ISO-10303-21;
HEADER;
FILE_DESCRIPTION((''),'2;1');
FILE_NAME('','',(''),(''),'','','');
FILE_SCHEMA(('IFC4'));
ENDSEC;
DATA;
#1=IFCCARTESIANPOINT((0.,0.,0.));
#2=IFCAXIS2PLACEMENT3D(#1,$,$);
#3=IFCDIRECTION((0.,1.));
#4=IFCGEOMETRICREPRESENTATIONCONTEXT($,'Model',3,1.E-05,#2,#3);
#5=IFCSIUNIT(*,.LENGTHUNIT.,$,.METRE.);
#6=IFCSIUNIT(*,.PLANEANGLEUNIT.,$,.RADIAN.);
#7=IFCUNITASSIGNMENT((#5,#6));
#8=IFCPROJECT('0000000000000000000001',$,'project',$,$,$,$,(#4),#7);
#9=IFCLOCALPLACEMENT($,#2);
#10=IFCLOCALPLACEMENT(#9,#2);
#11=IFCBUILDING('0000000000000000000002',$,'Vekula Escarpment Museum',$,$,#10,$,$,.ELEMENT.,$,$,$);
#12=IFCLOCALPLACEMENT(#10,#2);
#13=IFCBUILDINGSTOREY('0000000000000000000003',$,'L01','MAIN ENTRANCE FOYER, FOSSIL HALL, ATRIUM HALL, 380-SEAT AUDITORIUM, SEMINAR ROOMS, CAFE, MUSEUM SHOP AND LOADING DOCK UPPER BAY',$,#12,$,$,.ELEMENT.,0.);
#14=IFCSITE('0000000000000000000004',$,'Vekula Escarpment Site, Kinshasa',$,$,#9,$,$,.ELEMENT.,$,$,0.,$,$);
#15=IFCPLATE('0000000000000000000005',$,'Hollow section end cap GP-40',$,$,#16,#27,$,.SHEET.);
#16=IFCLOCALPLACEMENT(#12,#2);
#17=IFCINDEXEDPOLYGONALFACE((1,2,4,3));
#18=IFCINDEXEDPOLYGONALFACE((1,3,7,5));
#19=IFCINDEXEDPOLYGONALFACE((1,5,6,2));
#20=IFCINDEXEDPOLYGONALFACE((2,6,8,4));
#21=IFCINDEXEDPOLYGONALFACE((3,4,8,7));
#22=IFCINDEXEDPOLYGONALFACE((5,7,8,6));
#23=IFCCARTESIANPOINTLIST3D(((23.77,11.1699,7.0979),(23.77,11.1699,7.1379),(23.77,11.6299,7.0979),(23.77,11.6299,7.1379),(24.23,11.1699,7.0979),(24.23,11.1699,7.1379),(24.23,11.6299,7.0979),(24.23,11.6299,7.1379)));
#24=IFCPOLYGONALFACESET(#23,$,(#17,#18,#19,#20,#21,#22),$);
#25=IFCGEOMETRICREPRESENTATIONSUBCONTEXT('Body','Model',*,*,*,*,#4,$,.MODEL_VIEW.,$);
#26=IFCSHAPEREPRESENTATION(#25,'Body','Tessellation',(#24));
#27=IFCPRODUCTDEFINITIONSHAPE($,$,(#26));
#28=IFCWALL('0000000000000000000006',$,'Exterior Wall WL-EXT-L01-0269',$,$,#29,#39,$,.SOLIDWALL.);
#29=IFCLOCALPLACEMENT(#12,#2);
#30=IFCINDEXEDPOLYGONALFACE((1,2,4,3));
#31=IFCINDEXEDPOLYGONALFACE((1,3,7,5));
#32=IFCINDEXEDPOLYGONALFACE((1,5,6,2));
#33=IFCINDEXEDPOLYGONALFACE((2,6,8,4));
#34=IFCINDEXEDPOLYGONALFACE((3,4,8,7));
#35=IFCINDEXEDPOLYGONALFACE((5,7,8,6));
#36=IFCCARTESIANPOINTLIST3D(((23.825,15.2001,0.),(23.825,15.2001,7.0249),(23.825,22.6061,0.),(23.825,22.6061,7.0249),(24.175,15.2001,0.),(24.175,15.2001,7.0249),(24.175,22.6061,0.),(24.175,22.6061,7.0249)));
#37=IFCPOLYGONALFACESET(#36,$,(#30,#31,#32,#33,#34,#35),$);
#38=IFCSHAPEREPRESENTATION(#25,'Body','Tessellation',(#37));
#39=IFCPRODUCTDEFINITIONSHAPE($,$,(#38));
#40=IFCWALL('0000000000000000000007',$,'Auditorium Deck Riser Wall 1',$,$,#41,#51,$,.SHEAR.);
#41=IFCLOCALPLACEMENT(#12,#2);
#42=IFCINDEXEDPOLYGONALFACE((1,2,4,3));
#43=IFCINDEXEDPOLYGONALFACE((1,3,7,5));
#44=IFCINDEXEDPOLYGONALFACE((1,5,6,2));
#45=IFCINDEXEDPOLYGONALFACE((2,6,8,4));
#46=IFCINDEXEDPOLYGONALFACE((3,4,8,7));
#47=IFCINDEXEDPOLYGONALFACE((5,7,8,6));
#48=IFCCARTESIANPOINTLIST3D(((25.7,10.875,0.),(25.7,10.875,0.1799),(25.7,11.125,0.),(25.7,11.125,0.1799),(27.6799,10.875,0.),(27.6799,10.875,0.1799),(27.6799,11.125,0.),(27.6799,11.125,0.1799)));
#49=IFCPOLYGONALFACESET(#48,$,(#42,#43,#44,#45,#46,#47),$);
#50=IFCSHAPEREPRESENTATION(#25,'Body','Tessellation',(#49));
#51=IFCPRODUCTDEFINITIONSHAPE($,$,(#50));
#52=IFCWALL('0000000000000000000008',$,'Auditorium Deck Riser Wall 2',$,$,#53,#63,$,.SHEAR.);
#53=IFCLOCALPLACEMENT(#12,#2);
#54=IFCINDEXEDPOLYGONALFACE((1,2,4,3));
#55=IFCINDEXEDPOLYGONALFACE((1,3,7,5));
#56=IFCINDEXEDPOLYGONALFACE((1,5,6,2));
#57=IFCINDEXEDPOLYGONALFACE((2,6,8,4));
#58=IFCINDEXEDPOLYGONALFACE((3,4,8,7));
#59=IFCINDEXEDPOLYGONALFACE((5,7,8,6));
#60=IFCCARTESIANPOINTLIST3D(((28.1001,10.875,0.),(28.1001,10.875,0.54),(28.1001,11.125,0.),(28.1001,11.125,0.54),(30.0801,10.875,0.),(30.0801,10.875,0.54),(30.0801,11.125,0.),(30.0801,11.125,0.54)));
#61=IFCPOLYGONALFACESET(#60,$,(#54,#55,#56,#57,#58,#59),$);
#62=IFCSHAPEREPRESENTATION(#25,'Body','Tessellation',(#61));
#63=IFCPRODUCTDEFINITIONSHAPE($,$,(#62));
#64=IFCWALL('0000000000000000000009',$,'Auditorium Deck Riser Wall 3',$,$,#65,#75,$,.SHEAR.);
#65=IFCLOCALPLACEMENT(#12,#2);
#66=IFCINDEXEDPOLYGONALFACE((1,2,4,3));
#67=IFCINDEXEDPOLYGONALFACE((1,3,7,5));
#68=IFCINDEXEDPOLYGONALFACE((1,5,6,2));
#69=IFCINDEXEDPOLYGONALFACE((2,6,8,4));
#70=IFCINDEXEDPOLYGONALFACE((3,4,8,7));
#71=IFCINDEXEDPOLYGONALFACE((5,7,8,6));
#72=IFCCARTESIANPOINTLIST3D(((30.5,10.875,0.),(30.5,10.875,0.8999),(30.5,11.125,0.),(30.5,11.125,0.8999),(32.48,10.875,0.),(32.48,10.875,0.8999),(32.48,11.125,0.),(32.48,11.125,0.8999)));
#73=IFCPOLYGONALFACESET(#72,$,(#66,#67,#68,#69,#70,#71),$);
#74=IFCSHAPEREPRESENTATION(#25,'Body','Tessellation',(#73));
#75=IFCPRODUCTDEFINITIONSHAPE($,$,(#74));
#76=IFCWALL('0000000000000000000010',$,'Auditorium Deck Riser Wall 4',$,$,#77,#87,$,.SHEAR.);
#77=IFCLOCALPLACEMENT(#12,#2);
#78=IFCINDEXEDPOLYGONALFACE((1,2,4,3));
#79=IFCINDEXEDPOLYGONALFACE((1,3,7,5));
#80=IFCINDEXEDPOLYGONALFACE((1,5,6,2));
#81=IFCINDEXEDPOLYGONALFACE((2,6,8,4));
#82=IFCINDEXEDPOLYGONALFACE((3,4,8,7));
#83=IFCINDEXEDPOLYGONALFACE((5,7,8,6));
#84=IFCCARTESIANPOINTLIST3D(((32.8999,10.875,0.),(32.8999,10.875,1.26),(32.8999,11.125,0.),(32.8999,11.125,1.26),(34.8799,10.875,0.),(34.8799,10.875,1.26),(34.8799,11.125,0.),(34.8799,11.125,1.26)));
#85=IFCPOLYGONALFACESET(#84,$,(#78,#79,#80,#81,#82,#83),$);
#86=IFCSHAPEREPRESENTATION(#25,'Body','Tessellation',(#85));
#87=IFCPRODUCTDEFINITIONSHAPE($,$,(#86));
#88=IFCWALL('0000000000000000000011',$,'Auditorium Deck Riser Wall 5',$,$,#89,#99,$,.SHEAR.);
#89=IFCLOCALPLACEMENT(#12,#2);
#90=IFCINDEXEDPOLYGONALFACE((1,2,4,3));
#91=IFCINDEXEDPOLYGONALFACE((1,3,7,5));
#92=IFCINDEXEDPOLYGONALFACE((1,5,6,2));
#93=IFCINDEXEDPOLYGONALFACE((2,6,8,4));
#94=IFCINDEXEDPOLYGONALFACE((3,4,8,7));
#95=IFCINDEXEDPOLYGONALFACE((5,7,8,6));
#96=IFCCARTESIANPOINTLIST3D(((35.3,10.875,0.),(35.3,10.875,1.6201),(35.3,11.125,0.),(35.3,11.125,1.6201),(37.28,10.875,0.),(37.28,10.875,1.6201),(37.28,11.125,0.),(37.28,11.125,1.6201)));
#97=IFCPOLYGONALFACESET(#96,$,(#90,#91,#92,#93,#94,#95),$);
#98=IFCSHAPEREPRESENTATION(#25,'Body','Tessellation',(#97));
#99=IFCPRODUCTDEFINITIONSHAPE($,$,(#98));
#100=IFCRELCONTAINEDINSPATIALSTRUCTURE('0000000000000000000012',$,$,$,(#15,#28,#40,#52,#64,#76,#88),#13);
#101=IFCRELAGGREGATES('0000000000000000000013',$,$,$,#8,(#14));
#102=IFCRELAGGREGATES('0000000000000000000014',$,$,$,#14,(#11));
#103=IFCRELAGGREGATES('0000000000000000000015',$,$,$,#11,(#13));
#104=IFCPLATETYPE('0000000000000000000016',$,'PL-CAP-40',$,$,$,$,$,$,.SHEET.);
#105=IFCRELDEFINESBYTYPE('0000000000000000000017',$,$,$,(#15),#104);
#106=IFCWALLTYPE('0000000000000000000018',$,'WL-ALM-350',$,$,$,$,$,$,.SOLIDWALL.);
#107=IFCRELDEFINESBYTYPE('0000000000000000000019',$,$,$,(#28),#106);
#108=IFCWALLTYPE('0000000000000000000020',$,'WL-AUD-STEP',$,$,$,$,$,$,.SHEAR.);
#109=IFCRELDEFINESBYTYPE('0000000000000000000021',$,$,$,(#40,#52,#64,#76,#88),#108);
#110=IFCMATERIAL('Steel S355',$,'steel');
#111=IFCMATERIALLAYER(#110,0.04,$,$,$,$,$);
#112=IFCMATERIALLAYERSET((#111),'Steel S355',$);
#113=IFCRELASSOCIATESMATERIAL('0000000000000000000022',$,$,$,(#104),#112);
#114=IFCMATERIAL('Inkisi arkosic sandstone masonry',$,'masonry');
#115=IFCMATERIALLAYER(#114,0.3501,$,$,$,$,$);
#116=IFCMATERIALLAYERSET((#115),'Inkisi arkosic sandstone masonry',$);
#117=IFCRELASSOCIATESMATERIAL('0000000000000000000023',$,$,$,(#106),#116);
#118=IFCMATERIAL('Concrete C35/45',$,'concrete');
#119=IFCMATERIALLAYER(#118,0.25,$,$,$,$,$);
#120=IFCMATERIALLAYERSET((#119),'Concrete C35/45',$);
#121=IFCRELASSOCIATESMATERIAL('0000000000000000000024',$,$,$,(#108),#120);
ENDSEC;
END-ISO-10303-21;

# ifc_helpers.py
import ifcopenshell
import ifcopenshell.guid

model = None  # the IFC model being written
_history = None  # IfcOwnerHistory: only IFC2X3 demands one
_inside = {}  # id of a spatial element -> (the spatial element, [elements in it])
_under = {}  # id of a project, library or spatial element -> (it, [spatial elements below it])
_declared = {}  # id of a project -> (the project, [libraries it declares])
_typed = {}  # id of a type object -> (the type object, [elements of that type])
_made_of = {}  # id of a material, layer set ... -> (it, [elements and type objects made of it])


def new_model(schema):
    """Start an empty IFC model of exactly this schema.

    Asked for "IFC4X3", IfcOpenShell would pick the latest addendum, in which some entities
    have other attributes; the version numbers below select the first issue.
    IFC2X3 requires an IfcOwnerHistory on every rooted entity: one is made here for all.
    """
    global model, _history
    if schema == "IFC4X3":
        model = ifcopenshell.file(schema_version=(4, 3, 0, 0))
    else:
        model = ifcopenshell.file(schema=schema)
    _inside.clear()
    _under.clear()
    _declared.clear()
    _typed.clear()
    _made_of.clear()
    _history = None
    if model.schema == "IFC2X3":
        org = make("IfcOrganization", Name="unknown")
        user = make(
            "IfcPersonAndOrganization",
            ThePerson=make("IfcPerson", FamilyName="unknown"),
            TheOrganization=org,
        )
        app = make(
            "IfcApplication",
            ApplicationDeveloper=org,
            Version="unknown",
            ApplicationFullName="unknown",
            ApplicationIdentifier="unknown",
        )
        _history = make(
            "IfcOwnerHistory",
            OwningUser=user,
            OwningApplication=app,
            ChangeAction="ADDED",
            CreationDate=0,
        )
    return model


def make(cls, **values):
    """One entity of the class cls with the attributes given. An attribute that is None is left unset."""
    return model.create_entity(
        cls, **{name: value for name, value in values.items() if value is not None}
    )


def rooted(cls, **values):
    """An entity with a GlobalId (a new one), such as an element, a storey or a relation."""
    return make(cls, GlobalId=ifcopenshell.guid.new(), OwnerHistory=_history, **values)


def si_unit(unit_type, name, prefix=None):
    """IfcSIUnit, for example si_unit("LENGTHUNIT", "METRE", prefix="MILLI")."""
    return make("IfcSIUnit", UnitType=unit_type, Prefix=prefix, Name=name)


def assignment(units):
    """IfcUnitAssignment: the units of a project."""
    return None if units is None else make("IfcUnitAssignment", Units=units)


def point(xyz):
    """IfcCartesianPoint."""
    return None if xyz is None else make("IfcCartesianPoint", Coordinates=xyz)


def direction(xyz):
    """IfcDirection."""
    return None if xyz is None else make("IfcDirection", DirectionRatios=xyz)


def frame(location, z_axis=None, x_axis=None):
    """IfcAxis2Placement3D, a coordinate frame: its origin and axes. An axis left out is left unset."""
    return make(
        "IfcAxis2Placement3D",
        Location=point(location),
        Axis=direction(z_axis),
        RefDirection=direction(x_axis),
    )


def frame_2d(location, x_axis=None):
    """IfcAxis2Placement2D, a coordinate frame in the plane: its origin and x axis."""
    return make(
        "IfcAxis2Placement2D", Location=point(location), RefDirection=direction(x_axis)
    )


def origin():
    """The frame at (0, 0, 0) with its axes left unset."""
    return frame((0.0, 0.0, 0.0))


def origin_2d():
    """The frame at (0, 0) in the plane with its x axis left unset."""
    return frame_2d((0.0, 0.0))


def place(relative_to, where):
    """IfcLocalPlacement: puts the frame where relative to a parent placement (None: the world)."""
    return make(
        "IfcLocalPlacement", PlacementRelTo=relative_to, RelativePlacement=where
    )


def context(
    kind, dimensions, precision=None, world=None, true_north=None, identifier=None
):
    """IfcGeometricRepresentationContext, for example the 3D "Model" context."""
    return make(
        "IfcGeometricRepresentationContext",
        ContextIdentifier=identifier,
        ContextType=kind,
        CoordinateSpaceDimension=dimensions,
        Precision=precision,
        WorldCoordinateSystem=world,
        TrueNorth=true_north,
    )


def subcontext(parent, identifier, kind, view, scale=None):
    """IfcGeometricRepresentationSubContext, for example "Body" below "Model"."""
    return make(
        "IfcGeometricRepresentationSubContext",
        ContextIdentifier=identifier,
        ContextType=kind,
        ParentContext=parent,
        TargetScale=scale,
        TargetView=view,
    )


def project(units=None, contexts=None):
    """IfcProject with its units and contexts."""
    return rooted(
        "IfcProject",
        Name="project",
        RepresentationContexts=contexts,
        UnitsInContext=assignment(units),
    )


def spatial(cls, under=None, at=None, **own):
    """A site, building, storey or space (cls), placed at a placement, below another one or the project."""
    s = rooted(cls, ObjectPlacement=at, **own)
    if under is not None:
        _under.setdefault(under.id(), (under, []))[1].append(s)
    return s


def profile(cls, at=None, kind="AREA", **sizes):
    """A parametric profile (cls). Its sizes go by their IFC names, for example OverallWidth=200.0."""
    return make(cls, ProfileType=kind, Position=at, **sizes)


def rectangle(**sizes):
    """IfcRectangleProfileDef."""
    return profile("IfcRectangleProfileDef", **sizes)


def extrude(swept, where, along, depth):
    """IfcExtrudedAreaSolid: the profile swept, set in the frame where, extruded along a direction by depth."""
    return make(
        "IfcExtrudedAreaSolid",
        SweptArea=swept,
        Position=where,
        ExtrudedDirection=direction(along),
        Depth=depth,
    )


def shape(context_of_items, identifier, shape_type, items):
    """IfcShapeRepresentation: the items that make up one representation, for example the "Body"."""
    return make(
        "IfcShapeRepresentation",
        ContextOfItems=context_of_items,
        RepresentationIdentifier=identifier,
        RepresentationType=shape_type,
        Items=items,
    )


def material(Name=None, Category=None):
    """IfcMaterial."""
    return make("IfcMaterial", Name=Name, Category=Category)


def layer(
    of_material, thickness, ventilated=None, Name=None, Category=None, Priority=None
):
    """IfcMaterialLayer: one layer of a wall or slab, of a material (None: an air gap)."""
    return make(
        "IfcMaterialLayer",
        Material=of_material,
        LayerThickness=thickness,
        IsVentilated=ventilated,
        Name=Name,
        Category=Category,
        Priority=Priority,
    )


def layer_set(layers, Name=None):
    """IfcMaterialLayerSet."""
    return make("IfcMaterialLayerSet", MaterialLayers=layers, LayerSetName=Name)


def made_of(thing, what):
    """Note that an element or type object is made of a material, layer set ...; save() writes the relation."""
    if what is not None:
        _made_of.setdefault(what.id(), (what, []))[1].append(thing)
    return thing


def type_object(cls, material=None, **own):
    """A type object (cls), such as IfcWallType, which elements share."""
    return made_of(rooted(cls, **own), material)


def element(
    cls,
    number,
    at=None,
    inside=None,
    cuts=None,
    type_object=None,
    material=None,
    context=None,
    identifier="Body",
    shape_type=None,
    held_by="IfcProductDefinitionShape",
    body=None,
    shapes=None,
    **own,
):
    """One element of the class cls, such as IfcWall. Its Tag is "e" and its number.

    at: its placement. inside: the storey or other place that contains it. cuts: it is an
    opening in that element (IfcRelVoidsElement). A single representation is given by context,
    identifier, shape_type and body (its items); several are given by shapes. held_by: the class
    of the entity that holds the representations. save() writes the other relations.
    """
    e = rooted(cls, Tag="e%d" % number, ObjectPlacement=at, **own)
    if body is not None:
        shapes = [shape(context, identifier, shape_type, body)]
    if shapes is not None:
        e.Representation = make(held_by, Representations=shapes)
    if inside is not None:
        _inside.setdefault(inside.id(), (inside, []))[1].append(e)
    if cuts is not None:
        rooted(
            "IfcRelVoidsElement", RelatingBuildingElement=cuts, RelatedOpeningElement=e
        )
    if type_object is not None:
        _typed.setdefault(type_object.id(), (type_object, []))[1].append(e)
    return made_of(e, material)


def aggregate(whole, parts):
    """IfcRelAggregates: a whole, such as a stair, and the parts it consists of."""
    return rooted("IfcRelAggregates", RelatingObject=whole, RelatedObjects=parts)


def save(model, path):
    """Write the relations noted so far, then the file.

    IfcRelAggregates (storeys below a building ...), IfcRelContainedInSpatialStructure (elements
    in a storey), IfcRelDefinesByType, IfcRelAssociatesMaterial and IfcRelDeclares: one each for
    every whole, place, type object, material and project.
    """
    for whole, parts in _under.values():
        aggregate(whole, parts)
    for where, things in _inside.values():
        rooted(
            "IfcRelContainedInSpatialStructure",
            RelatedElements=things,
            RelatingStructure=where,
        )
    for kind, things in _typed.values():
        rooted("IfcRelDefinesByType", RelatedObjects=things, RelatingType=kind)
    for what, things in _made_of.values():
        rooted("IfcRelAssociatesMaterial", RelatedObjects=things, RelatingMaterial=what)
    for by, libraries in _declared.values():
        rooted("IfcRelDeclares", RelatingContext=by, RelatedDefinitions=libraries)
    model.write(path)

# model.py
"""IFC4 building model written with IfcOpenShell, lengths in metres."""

from ifc_helpers import new_model, si_unit, direction, frame, frame_2d, origin, origin_2d, place, context, subcontext, project, spatial, rectangle, extrude, material, layer, layer_set, type_object, element, save


model = new_model("IFC4")

# Units and contexts
model_context = context("Model", 3, precision=1e-05, world=origin(), true_north=direction((0.0, 1.0)))
body_context = subcontext(model_context, "Body", "Model", "MODEL_VIEW")
ifc_project = project(units=[si_unit("LENGTHUNIT", "METRE"), si_unit("PLANEANGLEUNIT", "RADIAN")], contexts=[model_context])

# Site, building, storey
site_placement = place(None, origin())
site = spatial("IfcSite", under=ifc_project, at=site_placement, Name="Vekula Escarpment Site, Kinshasa", CompositionType="ELEMENT", RefElevation=0.0)
building_placement = place(site_placement, origin())
building = spatial("IfcBuilding", under=site, at=building_placement, Name="Vekula Escarpment Museum", CompositionType="ELEMENT")
storey_placement = place(building_placement, origin())
storey = spatial("IfcBuildingStorey", under=building, at=storey_placement, Name="L01", Description="MAIN ENTRANCE FOYER, FOSSIL HALL, ATRIUM HALL, 380-SEAT AUDITORIUM, SEMINAR ROOMS, CAFE, MUSEUM SHOP AND LOADING DOCK UPPER BAY", CompositionType="ELEMENT", Elevation=0.0)

# Plate
ifc_material_1 = material(Name="Steel S355", Category="steel")
ifc_layer_1 = layer(ifc_material_1, 0.04)
ifc_layer_set_1 = layer_set([ifc_layer_1], Name="Steel S355")
plate_type_1 = type_object("IfcPlateType", Name="PL-CAP-40", PredefinedType="SHEET", material=ifc_layer_set_1)
plate_placement = place(storey_placement, frame((24.0, 11.3999, 7.0979), z_axis=(0.0, 0.0, 1.0), x_axis=(1.0, 0.0, 0.0)))
element("IfcPlate", 1, at=plate_placement, inside=storey, type_object=plate_type_1, Name="Hollow section end cap GP-40", PredefinedType="SHEET", context=body_context, shape_type="SweptSolid", body=[
    extrude(rectangle(XDim=0.46, YDim=0.46, at=origin_2d()), origin(), (0.0, 0.0, 1.0), 0.04),
])

# Walls
ifc_material_2 = material(Name="Inkisi arkosic sandstone masonry", Category="masonry")
ifc_layer_2 = layer(ifc_material_2, 0.3501)
ifc_layer_set_2 = layer_set([ifc_layer_2], Name="Inkisi arkosic sandstone masonry")
wall_type_1 = type_object("IfcWallType", Name="WL-ALM-350", PredefinedType="SOLIDWALL", material=ifc_layer_set_2)
wall_1_placement = place(storey_placement, frame((24.0, 15.2, 0.0), z_axis=(0.0, 0.0, 1.0), x_axis=(0.0, 1.0, 0.0)))
element("IfcWall", 2, at=wall_1_placement, inside=storey, type_object=wall_type_1, Name="Exterior Wall WL-EXT-L01-0269", PredefinedType="SOLIDWALL", context=body_context, shape_type="SweptSolid", body=[
    extrude(rectangle(XDim=7.406, YDim=0.3501, at=frame_2d((3.7031, 0.0))), origin(), (0.0, 0.0, 1.0), 7.0249),
])
ifc_material_3 = material(Name="Concrete C35/45", Category="concrete")
ifc_layer_3 = layer(ifc_material_3, 0.25)
ifc_layer_set_3 = layer_set([ifc_layer_3], Name="Concrete C35/45")
wall_type_2 = type_object("IfcWallType", Name="WL-AUD-STEP", PredefinedType="SHEAR", material=ifc_layer_set_3)
wall_2_placement = place(storey_placement, frame((25.7, 11.0, 0.0), z_axis=(0.0, 0.0, 1.0), x_axis=(1.0, 0.0, 0.0)))
element("IfcWall", 3, at=wall_2_placement, inside=storey, type_object=wall_type_2, Name="Auditorium Deck Riser Wall 1", PredefinedType="SHEAR", context=body_context, shape_type="SweptSolid", body=[
    extrude(rectangle(XDim=1.98, YDim=0.25, at=frame_2d((0.99, 0.0))), origin(), (0.0, 0.0, 1.0), 0.1799),
])
wall_3_placement = place(storey_placement, frame((28.1001, 11.0, 0.0), z_axis=(0.0, 0.0, 1.0), x_axis=(1.0, 0.0, 0.0)))
element("IfcWall", 4, at=wall_3_placement, inside=storey, type_object=wall_type_2, Name="Auditorium Deck Riser Wall 2", PredefinedType="SHEAR", context=body_context, shape_type="SweptSolid", body=[
    extrude(rectangle(XDim=1.98, YDim=0.25, at=frame_2d((0.99, 0.0))), origin(), (0.0, 0.0, 1.0), 0.54),
])
wall_4_placement = place(storey_placement, frame((30.5, 11.0, 0.0), z_axis=(0.0, 0.0, 1.0), x_axis=(1.0, 0.0, 0.0)))
element("IfcWall", 5, at=wall_4_placement, inside=storey, type_object=wall_type_2, Name="Auditorium Deck Riser Wall 3", PredefinedType="SHEAR", context=body_context, shape_type="SweptSolid", body=[
    extrude(rectangle(XDim=1.98, YDim=0.25, at=frame_2d((0.99, 0.0))), origin(), (0.0, 0.0, 1.0), 0.8999),
])
wall_5_placement = place(storey_placement, frame((32.8999, 11.0, 0.0), z_axis=(0.0, 0.0, 1.0), x_axis=(1.0, 0.0, 0.0)))
element("IfcWall", 6, at=wall_5_placement, inside=storey, type_object=wall_type_2, Name="Auditorium Deck Riser Wall 4", PredefinedType="SHEAR", context=body_context, shape_type="SweptSolid", body=[
    extrude(rectangle(XDim=1.98, YDim=0.25, at=frame_2d((0.99, 0.0))), origin(), (0.0, 0.0, 1.0), 1.26),
])
wall_6_placement = place(storey_placement, frame((35.3, 11.0, 0.0), z_axis=(0.0, 0.0, 1.0), x_axis=(1.0, 0.0, 0.0)))
element("IfcWall", 7, at=wall_6_placement, inside=storey, type_object=wall_type_2, Name="Auditorium Deck Riser Wall 5", PredefinedType="SHEAR", context=body_context, shape_type="SweptSolid", body=[
    extrude(rectangle(XDim=1.98, YDim=0.25, at=frame_2d((0.99, 0.0))), origin(), (0.0, 0.0, 1.0), 1.6201),
])

save(model, "model.ifc")
